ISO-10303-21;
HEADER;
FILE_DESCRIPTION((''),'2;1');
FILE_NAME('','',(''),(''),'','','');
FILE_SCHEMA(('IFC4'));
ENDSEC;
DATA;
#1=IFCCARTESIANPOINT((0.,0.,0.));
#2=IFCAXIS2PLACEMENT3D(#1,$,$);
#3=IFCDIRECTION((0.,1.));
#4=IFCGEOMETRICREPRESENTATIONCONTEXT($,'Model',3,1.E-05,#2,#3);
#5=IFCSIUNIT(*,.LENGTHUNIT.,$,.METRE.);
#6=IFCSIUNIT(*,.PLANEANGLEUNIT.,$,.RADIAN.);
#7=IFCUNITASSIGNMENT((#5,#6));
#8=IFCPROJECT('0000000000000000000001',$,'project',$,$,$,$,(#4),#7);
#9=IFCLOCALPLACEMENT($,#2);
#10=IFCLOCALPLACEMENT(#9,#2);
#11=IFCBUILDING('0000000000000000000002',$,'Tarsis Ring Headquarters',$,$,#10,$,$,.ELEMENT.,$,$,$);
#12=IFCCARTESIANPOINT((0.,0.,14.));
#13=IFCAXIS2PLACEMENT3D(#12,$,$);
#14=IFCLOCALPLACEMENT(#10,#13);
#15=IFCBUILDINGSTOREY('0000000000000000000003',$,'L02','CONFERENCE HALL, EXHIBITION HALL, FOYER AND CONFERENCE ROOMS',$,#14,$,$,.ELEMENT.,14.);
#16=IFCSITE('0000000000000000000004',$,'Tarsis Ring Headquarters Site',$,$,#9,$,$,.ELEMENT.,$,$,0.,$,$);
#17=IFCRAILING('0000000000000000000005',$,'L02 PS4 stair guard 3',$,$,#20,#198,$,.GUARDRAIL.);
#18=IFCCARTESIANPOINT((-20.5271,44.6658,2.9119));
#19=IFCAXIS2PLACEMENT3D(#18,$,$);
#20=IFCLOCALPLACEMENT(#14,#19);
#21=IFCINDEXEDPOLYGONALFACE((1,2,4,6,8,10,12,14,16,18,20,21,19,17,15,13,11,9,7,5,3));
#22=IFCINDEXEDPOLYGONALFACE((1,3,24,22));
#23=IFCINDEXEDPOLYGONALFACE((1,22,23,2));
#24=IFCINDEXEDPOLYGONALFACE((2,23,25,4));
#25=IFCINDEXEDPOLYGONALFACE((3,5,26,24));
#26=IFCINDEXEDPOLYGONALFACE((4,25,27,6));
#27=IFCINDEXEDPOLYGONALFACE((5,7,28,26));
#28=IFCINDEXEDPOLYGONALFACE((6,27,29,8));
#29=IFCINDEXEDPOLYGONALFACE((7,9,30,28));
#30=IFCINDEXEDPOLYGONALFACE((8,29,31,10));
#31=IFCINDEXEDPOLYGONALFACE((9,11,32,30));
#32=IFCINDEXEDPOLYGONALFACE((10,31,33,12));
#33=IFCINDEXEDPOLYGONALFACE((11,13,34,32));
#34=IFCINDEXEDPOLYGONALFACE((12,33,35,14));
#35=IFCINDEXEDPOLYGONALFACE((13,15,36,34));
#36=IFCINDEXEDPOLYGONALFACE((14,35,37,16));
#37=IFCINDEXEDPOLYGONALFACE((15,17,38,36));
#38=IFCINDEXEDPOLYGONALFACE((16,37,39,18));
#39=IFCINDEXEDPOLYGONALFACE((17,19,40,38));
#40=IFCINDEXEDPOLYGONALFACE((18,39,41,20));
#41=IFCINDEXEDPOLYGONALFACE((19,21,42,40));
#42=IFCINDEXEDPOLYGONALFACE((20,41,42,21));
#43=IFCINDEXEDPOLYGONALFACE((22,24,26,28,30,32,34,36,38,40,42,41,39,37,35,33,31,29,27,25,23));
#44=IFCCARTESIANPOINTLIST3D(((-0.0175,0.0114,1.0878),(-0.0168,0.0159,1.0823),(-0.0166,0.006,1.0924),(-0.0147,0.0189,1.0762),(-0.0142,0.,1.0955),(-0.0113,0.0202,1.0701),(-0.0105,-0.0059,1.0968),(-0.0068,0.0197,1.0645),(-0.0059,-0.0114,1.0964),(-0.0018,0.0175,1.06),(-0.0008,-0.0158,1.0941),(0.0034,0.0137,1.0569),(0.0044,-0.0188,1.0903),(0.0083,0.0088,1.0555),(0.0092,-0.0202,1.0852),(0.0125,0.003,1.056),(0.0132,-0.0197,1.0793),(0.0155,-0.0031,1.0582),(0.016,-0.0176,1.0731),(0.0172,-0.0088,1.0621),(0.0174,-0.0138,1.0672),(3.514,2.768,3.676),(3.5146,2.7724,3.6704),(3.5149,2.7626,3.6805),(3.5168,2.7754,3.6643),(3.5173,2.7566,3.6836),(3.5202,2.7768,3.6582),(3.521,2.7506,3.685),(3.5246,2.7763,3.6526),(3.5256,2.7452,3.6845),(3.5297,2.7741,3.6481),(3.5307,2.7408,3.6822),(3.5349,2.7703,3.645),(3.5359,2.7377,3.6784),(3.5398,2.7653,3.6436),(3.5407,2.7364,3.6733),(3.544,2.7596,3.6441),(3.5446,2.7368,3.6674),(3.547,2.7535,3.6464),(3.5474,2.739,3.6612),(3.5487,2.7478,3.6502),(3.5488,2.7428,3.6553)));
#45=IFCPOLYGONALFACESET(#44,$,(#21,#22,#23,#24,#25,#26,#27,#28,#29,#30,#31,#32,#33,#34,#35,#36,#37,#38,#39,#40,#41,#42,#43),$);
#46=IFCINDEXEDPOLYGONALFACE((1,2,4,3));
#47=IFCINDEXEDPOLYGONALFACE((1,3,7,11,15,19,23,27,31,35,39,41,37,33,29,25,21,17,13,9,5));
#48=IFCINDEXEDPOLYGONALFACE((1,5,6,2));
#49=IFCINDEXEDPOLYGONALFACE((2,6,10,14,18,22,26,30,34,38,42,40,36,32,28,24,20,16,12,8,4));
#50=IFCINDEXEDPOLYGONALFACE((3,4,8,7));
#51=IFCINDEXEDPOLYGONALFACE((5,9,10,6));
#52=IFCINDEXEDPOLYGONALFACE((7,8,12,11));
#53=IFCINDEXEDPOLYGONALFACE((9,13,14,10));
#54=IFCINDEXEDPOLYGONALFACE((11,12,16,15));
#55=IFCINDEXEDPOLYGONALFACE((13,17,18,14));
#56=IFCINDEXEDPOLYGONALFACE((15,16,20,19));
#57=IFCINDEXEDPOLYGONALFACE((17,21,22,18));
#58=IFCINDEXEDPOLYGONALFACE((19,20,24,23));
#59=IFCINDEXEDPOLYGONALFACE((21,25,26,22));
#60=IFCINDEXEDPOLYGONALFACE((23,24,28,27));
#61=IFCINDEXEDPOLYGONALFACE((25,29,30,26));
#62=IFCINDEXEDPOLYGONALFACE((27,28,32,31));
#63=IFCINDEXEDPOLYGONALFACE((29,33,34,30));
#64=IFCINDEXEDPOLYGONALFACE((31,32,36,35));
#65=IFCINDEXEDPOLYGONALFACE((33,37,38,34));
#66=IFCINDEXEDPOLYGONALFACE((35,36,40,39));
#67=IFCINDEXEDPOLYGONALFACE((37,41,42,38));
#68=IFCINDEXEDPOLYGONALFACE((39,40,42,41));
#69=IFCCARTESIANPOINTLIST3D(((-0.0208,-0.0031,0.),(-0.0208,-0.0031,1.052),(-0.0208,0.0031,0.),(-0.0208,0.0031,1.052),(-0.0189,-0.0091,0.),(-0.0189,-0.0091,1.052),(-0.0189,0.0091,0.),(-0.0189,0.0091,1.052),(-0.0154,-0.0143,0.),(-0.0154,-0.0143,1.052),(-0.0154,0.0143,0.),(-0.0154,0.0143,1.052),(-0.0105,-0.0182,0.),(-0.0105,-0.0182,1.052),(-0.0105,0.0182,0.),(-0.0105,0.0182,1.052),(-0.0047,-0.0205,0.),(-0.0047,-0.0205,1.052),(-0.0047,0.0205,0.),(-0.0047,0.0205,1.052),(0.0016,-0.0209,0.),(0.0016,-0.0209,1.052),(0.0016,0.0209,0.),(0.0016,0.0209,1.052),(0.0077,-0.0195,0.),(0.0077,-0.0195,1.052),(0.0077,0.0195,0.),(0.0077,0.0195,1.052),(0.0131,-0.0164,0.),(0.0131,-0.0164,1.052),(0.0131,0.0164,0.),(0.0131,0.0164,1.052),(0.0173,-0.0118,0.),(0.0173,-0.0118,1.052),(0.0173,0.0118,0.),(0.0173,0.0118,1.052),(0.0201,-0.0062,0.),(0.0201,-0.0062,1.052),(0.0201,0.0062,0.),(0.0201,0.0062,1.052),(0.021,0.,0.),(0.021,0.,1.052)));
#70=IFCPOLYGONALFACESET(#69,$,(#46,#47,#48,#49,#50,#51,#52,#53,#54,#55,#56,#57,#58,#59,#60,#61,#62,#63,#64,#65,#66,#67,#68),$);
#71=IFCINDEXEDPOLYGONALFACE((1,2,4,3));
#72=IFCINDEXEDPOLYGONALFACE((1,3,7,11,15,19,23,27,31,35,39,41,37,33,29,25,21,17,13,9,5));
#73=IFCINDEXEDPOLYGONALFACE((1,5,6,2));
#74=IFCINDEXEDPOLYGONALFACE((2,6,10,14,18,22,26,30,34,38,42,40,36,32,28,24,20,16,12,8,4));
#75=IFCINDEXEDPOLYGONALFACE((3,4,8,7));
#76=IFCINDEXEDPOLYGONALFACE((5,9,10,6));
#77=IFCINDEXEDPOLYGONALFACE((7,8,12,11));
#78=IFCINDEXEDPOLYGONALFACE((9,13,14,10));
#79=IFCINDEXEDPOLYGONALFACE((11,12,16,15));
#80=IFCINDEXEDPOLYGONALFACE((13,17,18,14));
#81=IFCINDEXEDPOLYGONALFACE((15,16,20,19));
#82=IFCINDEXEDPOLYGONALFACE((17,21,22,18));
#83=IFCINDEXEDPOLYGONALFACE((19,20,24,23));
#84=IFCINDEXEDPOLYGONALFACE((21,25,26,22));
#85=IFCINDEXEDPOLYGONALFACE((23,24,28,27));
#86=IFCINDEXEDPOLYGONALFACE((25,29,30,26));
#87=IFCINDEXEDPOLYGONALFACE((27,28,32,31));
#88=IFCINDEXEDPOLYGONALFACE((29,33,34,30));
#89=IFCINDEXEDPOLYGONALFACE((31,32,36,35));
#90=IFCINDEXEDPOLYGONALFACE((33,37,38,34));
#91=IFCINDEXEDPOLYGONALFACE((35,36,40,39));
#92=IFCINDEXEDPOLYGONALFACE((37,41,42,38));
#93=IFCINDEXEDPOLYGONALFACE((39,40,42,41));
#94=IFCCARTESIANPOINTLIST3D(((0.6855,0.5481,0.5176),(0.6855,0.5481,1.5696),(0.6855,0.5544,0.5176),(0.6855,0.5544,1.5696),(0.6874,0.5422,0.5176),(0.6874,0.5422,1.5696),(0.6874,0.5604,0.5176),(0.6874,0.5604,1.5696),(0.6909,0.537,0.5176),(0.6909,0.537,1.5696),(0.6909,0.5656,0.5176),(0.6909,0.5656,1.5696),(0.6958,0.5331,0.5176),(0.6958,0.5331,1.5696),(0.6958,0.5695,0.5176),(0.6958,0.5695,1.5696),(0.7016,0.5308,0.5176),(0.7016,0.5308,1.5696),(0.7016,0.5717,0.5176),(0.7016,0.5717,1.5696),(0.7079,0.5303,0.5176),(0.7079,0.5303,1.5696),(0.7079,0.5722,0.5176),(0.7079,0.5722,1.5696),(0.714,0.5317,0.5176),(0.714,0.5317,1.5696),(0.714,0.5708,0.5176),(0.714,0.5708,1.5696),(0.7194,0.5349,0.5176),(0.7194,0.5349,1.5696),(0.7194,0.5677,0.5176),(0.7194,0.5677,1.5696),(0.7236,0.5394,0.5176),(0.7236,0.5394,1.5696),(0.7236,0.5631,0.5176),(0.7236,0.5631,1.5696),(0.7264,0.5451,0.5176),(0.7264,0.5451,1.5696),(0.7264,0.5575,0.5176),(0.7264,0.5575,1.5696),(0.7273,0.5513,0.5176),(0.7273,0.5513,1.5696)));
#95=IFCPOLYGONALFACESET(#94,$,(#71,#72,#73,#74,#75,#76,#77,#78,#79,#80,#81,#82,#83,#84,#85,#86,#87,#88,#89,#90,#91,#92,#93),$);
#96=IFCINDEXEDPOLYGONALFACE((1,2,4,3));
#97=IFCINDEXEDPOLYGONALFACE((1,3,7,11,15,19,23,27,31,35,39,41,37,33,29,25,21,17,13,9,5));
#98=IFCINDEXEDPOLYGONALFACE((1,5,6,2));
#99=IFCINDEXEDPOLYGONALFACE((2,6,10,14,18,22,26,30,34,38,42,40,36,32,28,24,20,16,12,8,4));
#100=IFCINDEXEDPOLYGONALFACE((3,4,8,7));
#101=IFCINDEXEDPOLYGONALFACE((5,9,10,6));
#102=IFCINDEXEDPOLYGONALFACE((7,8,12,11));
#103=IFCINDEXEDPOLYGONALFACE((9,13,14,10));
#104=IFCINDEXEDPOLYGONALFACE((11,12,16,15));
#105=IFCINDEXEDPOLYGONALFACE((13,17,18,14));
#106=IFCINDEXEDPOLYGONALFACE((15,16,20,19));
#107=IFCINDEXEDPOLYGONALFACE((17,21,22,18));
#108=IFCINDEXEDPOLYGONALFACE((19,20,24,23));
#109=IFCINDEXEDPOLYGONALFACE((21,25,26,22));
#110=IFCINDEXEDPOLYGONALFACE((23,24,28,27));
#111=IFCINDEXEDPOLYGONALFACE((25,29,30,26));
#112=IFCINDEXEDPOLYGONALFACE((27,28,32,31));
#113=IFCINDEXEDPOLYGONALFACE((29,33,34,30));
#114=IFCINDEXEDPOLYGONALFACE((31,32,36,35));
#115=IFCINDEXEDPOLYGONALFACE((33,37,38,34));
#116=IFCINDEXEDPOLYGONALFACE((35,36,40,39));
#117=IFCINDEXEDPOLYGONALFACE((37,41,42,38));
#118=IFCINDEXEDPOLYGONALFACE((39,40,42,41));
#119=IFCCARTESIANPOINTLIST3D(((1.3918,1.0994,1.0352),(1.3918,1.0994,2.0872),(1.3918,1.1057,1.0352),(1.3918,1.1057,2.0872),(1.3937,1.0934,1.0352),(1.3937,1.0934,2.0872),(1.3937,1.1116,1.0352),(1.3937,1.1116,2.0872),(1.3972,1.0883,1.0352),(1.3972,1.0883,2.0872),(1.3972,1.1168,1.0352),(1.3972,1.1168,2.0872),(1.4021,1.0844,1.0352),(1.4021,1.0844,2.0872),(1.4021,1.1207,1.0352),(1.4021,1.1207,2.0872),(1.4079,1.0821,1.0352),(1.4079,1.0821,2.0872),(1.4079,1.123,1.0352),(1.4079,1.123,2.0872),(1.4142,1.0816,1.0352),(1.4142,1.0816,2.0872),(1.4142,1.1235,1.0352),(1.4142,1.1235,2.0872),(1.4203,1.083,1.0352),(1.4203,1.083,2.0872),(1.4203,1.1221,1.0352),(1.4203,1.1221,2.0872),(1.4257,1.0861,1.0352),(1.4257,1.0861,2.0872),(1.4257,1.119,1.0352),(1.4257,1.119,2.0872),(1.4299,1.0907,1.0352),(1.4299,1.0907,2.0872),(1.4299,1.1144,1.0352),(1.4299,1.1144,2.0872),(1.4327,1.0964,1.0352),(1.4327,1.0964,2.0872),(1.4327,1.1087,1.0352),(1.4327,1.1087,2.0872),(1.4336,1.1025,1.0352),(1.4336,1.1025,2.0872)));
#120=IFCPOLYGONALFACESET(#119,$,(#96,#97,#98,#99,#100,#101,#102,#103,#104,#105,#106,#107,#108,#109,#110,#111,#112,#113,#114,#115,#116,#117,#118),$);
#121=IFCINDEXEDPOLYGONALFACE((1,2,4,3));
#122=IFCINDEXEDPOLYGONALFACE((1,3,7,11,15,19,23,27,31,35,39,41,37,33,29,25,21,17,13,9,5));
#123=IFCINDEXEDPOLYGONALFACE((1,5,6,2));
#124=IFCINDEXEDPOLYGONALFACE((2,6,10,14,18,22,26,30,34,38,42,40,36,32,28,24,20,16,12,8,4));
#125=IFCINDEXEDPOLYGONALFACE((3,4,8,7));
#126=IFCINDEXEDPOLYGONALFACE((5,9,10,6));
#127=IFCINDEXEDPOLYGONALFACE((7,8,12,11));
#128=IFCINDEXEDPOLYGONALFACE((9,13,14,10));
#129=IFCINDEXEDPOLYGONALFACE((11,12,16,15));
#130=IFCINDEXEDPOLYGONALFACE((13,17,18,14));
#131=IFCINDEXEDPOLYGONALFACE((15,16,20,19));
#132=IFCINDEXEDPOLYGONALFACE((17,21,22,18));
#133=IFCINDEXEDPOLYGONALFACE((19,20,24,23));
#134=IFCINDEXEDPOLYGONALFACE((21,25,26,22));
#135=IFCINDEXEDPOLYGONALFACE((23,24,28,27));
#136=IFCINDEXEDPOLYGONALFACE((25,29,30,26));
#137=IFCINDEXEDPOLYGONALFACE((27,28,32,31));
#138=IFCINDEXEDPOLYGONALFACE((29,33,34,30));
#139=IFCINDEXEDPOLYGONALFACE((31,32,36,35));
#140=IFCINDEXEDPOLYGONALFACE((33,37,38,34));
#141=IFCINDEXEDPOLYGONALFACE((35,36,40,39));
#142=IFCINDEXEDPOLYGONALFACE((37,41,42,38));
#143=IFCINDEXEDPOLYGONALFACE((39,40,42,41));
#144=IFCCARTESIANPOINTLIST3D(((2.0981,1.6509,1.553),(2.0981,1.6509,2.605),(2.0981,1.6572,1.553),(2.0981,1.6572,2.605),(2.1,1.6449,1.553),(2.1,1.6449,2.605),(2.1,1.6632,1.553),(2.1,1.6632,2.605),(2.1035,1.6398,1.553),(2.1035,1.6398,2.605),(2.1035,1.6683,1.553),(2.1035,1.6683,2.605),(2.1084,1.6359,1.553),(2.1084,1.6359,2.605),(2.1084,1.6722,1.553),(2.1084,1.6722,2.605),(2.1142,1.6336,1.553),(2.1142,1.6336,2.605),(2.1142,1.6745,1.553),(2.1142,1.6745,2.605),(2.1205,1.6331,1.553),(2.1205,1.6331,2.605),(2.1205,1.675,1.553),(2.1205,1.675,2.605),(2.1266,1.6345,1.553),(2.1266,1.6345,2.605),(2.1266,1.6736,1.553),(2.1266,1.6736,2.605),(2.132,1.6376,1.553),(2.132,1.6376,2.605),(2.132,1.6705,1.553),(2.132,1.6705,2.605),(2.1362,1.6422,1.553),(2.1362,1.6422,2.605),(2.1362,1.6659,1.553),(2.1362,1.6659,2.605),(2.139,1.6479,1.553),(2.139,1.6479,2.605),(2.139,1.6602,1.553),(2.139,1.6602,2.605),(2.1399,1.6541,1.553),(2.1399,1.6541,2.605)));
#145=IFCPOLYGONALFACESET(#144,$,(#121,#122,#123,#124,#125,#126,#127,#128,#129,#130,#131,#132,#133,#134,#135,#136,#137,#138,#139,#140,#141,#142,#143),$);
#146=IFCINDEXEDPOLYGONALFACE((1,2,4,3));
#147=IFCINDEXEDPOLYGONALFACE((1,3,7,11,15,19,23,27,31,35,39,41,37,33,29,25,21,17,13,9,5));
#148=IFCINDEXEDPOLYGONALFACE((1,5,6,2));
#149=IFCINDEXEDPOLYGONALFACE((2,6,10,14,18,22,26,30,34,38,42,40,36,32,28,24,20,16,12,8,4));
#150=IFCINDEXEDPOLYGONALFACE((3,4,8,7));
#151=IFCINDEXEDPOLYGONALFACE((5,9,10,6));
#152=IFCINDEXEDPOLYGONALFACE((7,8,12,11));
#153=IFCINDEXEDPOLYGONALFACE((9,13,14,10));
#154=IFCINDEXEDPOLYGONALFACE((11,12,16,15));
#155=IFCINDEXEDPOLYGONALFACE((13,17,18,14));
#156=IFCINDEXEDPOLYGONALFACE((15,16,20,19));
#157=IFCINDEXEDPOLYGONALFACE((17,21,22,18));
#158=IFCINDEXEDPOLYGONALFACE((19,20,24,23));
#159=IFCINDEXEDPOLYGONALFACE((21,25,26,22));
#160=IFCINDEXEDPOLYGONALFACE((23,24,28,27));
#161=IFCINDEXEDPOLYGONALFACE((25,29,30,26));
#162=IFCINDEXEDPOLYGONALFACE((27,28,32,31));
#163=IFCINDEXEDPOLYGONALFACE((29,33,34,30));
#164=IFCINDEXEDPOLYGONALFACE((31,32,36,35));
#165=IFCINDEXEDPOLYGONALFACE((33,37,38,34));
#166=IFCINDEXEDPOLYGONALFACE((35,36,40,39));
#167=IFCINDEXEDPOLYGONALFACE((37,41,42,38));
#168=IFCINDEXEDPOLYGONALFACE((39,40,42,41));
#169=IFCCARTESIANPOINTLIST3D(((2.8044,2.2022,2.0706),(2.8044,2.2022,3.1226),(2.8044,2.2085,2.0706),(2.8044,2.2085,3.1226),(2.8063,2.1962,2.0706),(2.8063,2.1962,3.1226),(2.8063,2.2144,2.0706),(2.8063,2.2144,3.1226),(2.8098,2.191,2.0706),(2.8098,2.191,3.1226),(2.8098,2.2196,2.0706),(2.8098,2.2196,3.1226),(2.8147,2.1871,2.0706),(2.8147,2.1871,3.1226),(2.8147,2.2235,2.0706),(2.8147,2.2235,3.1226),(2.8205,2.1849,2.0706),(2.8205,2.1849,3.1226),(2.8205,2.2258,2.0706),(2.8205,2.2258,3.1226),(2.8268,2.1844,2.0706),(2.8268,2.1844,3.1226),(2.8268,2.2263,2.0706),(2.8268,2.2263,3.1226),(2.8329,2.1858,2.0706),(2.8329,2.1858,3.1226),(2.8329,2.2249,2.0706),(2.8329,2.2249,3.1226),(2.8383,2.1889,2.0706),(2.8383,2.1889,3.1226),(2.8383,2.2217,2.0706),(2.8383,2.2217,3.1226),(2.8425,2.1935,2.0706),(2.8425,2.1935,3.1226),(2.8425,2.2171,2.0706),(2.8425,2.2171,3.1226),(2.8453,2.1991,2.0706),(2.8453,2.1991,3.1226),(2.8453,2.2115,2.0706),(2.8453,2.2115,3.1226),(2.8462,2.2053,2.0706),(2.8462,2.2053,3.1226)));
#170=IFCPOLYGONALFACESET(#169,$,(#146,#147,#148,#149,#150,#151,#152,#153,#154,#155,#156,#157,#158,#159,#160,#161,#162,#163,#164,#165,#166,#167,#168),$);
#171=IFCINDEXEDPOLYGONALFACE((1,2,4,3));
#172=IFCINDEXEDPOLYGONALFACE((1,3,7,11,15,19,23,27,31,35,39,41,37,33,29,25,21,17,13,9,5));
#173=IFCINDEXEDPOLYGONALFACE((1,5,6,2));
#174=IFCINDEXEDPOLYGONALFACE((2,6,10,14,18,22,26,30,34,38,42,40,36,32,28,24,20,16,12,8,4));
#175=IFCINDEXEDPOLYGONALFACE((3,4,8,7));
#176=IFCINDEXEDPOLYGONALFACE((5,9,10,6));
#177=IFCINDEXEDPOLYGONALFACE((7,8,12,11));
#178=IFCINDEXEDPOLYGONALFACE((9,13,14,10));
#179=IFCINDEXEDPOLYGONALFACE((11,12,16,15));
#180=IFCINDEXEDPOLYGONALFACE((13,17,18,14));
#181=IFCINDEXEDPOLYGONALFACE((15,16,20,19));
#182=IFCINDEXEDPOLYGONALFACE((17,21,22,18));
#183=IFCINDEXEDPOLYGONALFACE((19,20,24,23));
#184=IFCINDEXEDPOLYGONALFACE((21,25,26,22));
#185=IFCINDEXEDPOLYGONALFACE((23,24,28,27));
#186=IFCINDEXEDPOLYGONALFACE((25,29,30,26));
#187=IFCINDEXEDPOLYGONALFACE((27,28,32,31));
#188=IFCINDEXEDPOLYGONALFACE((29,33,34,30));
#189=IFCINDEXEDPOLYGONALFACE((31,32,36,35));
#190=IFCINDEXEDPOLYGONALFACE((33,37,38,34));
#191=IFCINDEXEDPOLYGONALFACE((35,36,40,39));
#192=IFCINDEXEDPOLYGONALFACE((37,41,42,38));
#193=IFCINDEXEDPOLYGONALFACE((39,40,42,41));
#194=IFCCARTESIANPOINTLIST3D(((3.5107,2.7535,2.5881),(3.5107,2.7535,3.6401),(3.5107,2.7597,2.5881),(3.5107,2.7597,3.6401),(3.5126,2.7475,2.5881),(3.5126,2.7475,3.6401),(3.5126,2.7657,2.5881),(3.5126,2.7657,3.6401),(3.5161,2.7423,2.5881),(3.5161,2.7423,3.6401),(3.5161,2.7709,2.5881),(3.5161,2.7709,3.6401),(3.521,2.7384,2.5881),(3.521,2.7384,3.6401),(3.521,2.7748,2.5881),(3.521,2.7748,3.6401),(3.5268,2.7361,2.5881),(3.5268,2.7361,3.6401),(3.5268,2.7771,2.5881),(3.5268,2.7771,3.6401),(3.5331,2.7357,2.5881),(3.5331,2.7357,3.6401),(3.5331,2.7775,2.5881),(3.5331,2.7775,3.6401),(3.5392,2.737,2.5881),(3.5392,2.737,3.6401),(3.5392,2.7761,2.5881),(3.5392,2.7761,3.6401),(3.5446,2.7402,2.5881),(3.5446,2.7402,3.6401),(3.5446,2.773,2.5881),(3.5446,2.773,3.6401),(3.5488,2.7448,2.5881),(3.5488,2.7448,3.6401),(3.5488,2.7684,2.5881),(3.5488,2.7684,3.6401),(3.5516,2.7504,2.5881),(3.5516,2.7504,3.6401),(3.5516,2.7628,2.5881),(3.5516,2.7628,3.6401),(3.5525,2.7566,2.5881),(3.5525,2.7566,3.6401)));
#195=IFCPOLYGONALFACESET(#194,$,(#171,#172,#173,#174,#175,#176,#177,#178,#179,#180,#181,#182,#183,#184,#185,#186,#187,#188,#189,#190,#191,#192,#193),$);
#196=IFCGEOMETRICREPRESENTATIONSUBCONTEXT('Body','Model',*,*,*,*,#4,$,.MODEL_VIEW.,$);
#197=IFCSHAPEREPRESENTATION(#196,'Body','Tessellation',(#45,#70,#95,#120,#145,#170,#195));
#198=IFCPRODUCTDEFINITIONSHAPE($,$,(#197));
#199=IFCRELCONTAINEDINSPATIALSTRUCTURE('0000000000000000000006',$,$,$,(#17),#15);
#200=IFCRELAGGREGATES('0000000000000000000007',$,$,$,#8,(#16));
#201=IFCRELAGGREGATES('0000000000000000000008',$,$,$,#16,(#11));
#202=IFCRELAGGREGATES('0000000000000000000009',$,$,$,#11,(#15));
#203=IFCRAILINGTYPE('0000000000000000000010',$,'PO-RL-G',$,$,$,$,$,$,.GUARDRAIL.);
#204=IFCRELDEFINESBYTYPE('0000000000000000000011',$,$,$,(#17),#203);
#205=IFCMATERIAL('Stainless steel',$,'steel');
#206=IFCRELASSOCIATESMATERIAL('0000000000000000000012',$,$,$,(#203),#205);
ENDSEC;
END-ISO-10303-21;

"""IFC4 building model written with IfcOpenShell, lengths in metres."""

from ifc_helpers import new_model, si_unit, direction, frame, origin, origin_2d, place, context, subcontext, project, spatial, circle, extrude, material, type_object, element, save


model = new_model("IFC4")

# Units and contexts
model_context = context("Model", 3, precision=1e-05, world=origin(), true_north=direction((0.0, 1.0)))
body_context = subcontext(model_context, "Body", "Model", "MODEL_VIEW")
ifc_project = project(units=[si_unit("LENGTHUNIT", "METRE"), si_unit("PLANEANGLEUNIT", "RADIAN")], contexts=[model_context])

# Site, building, storey
site_placement = place(None, origin())
site = spatial("IfcSite", under=ifc_project, at=site_placement, Name="Tarsis Ring Headquarters Site", CompositionType="ELEMENT", RefElevation=0.0)
building_placement = place(site_placement, origin())
building = spatial("IfcBuilding", under=site, at=building_placement, Name="Tarsis Ring Headquarters", CompositionType="ELEMENT")
storey_placement = place(building_placement, frame((0.0, 0.0, 14.0)))
storey = spatial("IfcBuildingStorey", under=building, at=storey_placement, Name="L02", Description="CONFERENCE HALL, EXHIBITION HALL, FOYER AND CONFERENCE ROOMS", CompositionType="ELEMENT", Elevation=14.0)

# Railing
ifc_material_1 = material(Name="Stainless steel", Category="steel")
railing_type_1 = type_object("IfcRailingType", Name="PO-RL-G", PredefinedType="GUARDRAIL", material=ifc_material_1)
railing_1_placement = place(storey_placement, frame((-20.5271, 44.6658, 2.9119)))
element("IfcRailing", 1, at=railing_1_placement, inside=storey, type_object=railing_type_1, Name="L02 PS4 stair guard 3", PredefinedType="GUARDRAIL", context=body_context, shape_type="SweptSolid", body=[
    extrude(circle(Radius=0.0239, at=origin_2d()), frame((0.0, 0.0, 1.0762), z_axis=(0.682566, 0.532793, 0.500234), x_axis=(-0.615313, 0.788283, 0.0)), (0.0, 0.0, 1.0), 5.1738),
    extrude(circle(Radius=0.021, at=origin_2d()), origin(), (0.0, 0.0, 1.0), 1.052),
    extrude(circle(Radius=0.021, at=origin_2d()), frame((0.7063, 0.5513, 0.5176)), (0.0, 0.0, 1.0), 1.052),
    extrude(circle(Radius=0.021, at=origin_2d()), frame((1.4126, 1.1025, 1.0352)), (0.0, 0.0, 1.0), 1.052),
    extrude(circle(Radius=0.021, at=origin_2d()), frame((2.1189, 1.6541, 1.553)), (0.0, 0.0, 1.0), 1.052),
    extrude(circle(Radius=0.021, at=origin_2d()), frame((2.8252, 2.2053, 2.0706)), (0.0, 0.0, 1.0), 1.052),
    extrude(circle(Radius=0.021, at=origin_2d()), frame((3.5315, 2.7566, 2.5881)), (0.0, 0.0, 1.0), 1.052),
])

save(model, "model.ifc")
